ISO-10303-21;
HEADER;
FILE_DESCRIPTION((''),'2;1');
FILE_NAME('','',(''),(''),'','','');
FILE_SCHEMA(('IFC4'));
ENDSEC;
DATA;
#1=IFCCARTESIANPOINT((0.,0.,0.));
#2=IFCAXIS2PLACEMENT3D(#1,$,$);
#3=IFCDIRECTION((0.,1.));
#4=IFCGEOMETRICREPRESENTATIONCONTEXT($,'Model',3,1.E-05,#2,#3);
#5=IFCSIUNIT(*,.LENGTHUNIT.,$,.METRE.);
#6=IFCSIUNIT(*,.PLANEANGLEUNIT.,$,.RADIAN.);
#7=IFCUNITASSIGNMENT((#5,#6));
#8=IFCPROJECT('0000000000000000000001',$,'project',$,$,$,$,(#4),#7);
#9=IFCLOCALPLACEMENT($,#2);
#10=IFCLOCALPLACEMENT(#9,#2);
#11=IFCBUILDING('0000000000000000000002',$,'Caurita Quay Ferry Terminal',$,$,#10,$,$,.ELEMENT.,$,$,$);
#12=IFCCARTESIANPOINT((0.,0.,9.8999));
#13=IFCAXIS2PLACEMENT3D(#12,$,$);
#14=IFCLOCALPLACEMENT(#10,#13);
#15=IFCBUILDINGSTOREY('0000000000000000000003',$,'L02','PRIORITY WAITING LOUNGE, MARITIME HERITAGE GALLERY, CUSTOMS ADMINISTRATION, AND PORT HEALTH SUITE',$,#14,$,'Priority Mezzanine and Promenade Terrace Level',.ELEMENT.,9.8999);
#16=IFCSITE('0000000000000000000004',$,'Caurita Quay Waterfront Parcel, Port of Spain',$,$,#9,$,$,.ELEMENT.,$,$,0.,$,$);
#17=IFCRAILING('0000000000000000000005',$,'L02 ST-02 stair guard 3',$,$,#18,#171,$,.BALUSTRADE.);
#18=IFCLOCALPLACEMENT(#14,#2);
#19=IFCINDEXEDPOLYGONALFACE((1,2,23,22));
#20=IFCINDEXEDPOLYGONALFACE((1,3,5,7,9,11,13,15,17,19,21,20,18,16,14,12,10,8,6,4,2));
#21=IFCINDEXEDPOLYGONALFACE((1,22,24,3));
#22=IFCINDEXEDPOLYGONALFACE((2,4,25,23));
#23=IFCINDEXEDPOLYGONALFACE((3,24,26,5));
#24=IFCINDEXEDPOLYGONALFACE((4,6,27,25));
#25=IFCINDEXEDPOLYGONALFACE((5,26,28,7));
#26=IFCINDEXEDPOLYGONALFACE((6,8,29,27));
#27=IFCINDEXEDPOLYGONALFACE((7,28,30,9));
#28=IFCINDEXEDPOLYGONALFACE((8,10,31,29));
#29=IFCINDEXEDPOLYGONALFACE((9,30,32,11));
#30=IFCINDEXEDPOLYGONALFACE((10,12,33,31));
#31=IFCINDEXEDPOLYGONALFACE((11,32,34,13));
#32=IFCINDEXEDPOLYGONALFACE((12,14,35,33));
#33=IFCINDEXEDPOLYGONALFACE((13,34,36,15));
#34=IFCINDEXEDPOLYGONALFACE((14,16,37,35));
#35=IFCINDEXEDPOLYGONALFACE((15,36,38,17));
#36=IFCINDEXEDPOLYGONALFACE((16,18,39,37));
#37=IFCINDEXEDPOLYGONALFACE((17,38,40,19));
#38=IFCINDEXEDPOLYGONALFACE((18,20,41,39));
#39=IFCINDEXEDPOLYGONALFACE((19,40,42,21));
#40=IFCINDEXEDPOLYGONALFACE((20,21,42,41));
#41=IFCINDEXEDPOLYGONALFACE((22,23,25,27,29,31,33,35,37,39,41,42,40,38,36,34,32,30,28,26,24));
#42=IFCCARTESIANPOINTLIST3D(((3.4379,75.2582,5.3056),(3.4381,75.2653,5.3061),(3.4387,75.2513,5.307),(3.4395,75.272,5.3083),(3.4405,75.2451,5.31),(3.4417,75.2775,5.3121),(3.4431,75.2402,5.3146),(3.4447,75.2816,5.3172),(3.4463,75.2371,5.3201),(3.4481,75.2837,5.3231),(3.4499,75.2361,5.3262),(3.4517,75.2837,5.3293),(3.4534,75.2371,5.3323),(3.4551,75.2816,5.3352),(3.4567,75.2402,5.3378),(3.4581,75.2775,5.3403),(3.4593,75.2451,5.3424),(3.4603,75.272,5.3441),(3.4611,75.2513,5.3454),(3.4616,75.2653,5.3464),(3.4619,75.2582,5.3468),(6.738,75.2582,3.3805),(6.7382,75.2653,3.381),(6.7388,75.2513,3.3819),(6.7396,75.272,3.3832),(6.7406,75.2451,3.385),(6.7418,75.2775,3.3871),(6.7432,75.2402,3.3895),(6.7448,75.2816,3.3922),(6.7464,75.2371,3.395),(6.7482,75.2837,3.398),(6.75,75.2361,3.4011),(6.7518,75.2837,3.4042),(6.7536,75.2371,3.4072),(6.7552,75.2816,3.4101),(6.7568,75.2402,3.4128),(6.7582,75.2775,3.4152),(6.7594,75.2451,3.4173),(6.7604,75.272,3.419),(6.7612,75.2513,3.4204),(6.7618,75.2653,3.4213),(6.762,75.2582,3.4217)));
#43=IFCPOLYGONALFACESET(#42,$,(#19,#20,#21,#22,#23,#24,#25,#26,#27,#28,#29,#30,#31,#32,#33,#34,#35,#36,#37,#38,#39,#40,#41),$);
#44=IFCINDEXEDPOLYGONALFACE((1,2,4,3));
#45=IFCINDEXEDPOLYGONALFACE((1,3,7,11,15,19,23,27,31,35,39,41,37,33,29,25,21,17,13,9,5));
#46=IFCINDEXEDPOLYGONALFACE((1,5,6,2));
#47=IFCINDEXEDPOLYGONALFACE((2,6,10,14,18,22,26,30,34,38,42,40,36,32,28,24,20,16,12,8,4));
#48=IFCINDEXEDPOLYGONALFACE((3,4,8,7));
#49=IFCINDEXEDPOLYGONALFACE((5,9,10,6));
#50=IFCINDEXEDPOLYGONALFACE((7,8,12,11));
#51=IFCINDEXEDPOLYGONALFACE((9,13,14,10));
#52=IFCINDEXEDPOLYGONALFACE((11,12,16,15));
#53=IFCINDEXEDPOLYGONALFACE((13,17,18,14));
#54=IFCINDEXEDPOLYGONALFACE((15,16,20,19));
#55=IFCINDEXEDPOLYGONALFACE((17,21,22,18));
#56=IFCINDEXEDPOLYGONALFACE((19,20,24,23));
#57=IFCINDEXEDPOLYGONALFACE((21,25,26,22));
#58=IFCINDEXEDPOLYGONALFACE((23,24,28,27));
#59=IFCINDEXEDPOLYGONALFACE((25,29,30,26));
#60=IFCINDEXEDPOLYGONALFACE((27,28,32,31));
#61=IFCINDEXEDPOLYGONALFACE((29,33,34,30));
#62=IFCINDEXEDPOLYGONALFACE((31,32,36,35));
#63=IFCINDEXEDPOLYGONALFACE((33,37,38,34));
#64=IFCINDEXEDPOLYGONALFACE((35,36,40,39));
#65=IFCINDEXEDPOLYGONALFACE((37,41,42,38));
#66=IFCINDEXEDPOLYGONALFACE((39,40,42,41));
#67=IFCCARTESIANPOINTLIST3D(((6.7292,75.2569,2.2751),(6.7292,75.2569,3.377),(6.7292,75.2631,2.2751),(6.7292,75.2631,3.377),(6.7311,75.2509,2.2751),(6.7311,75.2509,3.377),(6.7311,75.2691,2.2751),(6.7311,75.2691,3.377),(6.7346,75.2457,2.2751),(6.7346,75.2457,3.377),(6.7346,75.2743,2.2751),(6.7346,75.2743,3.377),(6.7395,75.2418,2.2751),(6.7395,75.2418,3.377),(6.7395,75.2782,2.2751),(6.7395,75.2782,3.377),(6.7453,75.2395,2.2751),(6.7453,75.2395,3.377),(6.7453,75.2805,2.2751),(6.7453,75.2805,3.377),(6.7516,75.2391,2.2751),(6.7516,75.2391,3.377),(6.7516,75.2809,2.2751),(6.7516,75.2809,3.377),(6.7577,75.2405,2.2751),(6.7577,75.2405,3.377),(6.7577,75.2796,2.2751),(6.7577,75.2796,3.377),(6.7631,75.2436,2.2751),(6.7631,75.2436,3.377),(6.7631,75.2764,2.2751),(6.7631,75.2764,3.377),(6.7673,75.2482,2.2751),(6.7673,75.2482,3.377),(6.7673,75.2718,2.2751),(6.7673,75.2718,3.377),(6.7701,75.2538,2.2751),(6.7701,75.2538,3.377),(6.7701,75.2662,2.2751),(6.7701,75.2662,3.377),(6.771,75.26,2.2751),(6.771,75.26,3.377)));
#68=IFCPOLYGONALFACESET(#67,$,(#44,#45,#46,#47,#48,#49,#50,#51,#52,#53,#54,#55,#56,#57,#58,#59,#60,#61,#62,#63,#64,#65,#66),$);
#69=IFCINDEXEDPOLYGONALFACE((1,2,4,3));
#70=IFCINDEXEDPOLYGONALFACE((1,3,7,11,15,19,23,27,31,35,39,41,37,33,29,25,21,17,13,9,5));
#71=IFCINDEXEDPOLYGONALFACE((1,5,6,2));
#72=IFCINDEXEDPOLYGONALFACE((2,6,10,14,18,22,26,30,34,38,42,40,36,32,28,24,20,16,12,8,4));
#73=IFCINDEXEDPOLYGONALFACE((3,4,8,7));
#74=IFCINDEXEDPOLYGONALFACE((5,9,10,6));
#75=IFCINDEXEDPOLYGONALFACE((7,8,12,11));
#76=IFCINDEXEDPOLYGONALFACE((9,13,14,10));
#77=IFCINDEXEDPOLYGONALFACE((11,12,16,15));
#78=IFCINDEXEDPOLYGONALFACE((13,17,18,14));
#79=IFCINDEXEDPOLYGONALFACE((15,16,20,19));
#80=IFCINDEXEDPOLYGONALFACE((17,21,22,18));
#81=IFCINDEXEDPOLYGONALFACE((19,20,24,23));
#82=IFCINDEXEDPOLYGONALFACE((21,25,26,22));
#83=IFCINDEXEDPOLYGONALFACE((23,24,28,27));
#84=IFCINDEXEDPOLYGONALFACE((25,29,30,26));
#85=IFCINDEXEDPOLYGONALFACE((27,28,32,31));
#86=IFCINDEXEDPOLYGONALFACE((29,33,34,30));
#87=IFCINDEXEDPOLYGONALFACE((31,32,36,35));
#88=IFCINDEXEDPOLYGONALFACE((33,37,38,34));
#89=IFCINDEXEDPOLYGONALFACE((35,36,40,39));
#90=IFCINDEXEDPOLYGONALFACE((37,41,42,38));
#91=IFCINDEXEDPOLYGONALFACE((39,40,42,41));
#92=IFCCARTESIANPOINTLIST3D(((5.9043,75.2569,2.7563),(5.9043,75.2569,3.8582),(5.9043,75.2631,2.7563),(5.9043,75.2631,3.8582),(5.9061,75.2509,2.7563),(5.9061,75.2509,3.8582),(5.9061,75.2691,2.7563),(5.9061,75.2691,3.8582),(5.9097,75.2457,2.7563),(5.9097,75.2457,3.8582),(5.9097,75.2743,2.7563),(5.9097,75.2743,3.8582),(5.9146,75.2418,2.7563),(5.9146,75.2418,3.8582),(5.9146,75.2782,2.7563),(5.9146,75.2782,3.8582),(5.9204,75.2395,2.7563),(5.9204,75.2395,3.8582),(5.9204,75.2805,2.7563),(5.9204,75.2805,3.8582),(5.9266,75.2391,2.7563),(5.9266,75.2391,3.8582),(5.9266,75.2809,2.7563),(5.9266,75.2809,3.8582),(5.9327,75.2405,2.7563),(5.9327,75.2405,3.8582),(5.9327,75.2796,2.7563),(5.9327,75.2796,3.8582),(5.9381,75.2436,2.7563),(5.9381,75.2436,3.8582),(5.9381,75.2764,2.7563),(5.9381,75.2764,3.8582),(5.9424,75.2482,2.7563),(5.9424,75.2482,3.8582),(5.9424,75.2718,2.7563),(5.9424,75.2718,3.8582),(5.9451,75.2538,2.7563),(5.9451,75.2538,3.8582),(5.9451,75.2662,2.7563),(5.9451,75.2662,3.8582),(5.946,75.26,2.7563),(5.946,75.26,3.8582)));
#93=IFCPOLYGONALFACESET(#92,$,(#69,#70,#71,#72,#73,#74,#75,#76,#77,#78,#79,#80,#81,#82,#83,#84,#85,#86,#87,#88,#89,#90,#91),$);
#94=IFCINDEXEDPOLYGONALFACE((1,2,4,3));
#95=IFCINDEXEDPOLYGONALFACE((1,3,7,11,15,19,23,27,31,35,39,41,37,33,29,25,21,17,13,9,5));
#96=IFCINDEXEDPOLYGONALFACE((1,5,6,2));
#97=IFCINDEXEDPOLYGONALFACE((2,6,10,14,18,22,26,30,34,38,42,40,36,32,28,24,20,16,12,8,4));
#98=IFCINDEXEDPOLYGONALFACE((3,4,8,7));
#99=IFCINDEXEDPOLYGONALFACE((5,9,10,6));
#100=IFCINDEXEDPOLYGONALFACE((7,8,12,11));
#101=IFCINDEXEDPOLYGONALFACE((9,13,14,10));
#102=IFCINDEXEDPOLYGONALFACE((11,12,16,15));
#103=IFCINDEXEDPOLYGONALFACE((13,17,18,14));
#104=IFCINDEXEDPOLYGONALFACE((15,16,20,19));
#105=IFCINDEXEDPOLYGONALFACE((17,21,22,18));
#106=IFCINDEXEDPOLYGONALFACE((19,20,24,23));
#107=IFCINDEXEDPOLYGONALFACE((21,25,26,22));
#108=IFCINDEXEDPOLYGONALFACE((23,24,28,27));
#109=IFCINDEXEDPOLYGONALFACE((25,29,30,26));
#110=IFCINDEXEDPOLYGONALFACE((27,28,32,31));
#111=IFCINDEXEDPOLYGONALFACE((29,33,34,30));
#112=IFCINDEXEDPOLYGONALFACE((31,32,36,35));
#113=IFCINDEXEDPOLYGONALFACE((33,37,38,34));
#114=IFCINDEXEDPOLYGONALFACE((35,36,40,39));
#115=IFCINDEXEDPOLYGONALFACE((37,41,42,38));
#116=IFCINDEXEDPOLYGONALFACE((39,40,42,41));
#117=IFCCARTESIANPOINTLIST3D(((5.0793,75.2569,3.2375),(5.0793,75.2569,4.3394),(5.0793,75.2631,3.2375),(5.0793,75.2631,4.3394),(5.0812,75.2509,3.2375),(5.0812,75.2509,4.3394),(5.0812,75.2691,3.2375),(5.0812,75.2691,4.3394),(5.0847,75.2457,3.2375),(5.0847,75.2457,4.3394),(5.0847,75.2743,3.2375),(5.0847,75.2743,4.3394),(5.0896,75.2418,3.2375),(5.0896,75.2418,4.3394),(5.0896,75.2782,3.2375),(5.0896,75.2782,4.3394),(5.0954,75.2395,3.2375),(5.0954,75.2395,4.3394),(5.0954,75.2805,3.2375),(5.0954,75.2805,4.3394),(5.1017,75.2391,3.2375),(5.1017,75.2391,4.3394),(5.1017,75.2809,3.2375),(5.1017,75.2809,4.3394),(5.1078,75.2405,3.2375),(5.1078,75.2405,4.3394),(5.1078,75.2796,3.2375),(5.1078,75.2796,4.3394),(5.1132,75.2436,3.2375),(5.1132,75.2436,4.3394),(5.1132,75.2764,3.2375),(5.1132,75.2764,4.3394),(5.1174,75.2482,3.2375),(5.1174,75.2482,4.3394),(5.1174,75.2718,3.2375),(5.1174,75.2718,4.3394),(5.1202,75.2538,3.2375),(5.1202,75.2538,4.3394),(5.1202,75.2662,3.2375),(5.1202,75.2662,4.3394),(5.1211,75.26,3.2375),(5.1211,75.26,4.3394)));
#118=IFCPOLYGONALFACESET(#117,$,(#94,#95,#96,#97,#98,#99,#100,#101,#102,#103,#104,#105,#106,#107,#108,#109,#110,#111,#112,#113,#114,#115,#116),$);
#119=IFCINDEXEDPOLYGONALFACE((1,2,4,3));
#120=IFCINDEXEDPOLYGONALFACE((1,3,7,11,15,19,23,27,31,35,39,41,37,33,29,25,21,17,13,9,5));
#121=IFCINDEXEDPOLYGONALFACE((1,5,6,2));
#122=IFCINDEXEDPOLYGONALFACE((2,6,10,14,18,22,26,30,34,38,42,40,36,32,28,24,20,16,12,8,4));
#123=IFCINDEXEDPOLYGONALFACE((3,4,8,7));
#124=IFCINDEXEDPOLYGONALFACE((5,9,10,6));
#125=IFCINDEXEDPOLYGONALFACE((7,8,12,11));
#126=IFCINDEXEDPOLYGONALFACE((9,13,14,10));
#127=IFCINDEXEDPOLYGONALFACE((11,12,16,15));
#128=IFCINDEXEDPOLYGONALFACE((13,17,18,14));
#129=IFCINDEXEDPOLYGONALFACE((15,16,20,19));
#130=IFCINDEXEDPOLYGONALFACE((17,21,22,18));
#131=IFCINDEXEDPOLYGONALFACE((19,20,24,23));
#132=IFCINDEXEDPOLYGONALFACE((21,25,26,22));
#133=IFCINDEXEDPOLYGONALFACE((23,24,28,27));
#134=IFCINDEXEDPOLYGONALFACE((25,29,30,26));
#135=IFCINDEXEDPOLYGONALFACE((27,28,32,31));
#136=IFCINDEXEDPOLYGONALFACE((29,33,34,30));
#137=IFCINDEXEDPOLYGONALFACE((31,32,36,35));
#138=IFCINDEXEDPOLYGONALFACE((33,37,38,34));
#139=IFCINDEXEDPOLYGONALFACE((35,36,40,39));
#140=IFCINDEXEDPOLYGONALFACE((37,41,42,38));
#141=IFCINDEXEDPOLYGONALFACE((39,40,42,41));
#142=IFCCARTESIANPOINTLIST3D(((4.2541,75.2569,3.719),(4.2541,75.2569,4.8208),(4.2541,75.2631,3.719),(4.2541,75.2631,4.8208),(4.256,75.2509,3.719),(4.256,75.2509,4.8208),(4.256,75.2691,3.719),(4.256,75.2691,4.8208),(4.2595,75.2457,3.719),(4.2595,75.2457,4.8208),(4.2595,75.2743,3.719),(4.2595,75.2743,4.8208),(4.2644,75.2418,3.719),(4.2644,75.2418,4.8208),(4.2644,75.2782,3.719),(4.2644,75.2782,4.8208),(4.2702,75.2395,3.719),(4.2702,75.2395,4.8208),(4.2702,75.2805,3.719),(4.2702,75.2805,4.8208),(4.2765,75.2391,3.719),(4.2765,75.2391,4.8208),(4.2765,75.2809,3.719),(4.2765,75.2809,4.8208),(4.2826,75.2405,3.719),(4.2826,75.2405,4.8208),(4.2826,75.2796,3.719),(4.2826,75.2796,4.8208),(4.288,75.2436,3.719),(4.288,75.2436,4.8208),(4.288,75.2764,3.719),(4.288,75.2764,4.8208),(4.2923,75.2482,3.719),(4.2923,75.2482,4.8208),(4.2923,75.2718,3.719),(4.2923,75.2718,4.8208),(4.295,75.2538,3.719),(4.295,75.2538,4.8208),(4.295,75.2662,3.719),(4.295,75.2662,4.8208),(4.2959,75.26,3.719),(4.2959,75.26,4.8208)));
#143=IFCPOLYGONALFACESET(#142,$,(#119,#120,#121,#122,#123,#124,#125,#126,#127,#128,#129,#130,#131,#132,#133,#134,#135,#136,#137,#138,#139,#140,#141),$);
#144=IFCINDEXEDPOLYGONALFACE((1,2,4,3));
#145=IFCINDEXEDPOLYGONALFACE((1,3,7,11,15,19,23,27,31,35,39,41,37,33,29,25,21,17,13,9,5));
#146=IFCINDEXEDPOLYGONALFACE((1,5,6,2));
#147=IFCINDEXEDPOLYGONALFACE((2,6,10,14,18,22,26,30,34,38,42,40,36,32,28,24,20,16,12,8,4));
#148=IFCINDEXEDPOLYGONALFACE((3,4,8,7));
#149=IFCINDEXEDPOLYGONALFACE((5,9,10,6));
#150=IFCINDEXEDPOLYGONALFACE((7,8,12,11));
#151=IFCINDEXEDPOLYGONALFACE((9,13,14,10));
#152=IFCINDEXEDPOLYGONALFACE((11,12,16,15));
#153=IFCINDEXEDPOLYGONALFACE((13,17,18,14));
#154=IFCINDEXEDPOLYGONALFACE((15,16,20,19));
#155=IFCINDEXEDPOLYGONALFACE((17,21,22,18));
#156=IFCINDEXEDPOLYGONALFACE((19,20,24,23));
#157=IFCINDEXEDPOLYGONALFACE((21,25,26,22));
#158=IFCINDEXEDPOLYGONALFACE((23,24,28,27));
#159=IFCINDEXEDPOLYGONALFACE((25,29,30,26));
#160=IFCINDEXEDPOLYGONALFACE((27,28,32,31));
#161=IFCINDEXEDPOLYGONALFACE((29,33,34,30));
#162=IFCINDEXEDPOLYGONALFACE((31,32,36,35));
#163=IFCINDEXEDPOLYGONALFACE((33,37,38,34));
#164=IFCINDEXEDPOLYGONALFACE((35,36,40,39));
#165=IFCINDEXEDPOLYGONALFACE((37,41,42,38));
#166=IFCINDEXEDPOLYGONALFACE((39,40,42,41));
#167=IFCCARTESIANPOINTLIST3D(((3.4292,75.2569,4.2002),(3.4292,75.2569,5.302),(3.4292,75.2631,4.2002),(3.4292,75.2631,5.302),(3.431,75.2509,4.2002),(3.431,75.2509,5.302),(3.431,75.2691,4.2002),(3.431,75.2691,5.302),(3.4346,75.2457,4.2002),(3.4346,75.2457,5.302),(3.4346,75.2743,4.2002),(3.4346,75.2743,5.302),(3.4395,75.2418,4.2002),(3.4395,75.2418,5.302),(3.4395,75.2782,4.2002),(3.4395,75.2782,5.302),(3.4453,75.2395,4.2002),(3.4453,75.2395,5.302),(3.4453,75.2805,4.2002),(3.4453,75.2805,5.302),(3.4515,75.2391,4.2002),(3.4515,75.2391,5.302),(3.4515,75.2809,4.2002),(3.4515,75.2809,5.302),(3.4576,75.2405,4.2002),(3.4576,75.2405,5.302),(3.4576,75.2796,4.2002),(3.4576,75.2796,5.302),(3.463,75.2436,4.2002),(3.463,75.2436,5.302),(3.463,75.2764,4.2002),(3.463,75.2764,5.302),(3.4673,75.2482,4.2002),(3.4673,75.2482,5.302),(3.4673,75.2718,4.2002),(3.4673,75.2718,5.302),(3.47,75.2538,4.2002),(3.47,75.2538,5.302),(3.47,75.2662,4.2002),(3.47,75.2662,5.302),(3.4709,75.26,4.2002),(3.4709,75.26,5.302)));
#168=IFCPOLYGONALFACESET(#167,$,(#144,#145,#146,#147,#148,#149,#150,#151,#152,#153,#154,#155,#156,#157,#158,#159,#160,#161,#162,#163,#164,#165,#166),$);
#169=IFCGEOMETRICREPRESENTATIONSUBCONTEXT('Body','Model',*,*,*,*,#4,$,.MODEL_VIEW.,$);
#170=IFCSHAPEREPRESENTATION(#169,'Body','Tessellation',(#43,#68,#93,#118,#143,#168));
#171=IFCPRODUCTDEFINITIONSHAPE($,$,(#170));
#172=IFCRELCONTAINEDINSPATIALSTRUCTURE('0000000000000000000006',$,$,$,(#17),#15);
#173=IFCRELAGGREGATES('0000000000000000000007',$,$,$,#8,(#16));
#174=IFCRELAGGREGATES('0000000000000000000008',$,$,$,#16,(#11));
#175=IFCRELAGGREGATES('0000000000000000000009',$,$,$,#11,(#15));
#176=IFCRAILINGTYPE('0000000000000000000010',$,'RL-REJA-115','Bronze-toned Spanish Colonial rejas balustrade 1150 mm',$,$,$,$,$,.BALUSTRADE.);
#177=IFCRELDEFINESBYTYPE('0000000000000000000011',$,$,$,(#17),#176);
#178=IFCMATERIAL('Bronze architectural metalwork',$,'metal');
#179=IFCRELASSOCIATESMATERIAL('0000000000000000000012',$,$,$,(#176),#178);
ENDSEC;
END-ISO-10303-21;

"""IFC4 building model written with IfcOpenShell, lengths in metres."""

from ifc_helpers import new_model, si_unit, direction, frame, origin, origin_2d, place, context, subcontext, project, spatial, circle, extrude, material, type_object, element, save


model = new_model("IFC4")

# Units and contexts
model_context = context("Model", 3, precision=1e-05, world=origin(), true_north=direction((0.0, 1.0)))
body_context = subcontext(model_context, "Body", "Model", "MODEL_VIEW")
ifc_project = project(units=[si_unit("LENGTHUNIT", "METRE"), si_unit("PLANEANGLEUNIT", "RADIAN")], contexts=[model_context])

# Site, building, storey
site_placement = place(None, origin())
site = spatial("IfcSite", under=ifc_project, at=site_placement, Name="Caurita Quay Waterfront Parcel, Port of Spain", CompositionType="ELEMENT", RefElevation=0.0)
building_placement = place(site_placement, origin())
building = spatial("IfcBuilding", under=site, at=building_placement, Name="Caurita Quay Ferry Terminal", CompositionType="ELEMENT")
storey_placement = place(building_placement, frame((0.0, 0.0, 9.8999)))
storey = spatial("IfcBuildingStorey", under=building, at=storey_placement, Name="L02", Description="PRIORITY WAITING LOUNGE, MARITIME HERITAGE GALLERY, CUSTOMS ADMINISTRATION, AND PORT HEALTH SUITE", LongName="Priority Mezzanine and Promenade Terrace Level", CompositionType="ELEMENT", Elevation=9.8999)

# Railing
ifc_material_1 = material(Name="Bronze architectural metalwork", Category="metal")
railing_type_1 = type_object("IfcRailingType", Name="RL-REJA-115", Description="Bronze-toned Spanish Colonial rejas balustrade 1150 mm", PredefinedType="BALUSTRADE", material=ifc_material_1)
railing_1_placement = place(storey_placement, frame((6.75, 75.26, 2.2751)))
element("IfcRailing", 1, at=railing_1_placement, inside=storey, type_object=railing_type_1, Name="L02 ST-02 stair guard 3", PredefinedType="BALUSTRADE", context=body_context, shape_type="SweptSolid", body=[
    extrude(circle(Radius=0.0239, at=origin_2d()), frame((0.0, 0.0, 1.126), z_axis=(-0.863777, 0.0, 0.503875), x_axis=(0.0, -1.0, 0.0)), (0.0, 0.0, 1.0), 3.8206),
    extrude(circle(Radius=0.021, at=origin_2d()), origin(), (0.0, 0.0, 1.0), 1.1018),
    extrude(circle(Radius=0.021, at=origin_2d()), frame((-0.825, 0.0, 0.4812)), (0.0, 0.0, 1.0), 1.1018),
    extrude(circle(Radius=0.021, at=origin_2d()), frame((-1.6499, 0.0, 0.9624)), (0.0, 0.0, 1.0), 1.1018),
    extrude(circle(Radius=0.021, at=origin_2d()), frame((-2.4751, 0.0, 1.4438)), (0.0, 0.0, 1.0), 1.1018),
    extrude(circle(Radius=0.021, at=origin_2d()), frame((-3.3, 0.0, 1.925)), (0.0, 0.0, 1.0), 1.1018),
])

save(model, "model.ifc")
